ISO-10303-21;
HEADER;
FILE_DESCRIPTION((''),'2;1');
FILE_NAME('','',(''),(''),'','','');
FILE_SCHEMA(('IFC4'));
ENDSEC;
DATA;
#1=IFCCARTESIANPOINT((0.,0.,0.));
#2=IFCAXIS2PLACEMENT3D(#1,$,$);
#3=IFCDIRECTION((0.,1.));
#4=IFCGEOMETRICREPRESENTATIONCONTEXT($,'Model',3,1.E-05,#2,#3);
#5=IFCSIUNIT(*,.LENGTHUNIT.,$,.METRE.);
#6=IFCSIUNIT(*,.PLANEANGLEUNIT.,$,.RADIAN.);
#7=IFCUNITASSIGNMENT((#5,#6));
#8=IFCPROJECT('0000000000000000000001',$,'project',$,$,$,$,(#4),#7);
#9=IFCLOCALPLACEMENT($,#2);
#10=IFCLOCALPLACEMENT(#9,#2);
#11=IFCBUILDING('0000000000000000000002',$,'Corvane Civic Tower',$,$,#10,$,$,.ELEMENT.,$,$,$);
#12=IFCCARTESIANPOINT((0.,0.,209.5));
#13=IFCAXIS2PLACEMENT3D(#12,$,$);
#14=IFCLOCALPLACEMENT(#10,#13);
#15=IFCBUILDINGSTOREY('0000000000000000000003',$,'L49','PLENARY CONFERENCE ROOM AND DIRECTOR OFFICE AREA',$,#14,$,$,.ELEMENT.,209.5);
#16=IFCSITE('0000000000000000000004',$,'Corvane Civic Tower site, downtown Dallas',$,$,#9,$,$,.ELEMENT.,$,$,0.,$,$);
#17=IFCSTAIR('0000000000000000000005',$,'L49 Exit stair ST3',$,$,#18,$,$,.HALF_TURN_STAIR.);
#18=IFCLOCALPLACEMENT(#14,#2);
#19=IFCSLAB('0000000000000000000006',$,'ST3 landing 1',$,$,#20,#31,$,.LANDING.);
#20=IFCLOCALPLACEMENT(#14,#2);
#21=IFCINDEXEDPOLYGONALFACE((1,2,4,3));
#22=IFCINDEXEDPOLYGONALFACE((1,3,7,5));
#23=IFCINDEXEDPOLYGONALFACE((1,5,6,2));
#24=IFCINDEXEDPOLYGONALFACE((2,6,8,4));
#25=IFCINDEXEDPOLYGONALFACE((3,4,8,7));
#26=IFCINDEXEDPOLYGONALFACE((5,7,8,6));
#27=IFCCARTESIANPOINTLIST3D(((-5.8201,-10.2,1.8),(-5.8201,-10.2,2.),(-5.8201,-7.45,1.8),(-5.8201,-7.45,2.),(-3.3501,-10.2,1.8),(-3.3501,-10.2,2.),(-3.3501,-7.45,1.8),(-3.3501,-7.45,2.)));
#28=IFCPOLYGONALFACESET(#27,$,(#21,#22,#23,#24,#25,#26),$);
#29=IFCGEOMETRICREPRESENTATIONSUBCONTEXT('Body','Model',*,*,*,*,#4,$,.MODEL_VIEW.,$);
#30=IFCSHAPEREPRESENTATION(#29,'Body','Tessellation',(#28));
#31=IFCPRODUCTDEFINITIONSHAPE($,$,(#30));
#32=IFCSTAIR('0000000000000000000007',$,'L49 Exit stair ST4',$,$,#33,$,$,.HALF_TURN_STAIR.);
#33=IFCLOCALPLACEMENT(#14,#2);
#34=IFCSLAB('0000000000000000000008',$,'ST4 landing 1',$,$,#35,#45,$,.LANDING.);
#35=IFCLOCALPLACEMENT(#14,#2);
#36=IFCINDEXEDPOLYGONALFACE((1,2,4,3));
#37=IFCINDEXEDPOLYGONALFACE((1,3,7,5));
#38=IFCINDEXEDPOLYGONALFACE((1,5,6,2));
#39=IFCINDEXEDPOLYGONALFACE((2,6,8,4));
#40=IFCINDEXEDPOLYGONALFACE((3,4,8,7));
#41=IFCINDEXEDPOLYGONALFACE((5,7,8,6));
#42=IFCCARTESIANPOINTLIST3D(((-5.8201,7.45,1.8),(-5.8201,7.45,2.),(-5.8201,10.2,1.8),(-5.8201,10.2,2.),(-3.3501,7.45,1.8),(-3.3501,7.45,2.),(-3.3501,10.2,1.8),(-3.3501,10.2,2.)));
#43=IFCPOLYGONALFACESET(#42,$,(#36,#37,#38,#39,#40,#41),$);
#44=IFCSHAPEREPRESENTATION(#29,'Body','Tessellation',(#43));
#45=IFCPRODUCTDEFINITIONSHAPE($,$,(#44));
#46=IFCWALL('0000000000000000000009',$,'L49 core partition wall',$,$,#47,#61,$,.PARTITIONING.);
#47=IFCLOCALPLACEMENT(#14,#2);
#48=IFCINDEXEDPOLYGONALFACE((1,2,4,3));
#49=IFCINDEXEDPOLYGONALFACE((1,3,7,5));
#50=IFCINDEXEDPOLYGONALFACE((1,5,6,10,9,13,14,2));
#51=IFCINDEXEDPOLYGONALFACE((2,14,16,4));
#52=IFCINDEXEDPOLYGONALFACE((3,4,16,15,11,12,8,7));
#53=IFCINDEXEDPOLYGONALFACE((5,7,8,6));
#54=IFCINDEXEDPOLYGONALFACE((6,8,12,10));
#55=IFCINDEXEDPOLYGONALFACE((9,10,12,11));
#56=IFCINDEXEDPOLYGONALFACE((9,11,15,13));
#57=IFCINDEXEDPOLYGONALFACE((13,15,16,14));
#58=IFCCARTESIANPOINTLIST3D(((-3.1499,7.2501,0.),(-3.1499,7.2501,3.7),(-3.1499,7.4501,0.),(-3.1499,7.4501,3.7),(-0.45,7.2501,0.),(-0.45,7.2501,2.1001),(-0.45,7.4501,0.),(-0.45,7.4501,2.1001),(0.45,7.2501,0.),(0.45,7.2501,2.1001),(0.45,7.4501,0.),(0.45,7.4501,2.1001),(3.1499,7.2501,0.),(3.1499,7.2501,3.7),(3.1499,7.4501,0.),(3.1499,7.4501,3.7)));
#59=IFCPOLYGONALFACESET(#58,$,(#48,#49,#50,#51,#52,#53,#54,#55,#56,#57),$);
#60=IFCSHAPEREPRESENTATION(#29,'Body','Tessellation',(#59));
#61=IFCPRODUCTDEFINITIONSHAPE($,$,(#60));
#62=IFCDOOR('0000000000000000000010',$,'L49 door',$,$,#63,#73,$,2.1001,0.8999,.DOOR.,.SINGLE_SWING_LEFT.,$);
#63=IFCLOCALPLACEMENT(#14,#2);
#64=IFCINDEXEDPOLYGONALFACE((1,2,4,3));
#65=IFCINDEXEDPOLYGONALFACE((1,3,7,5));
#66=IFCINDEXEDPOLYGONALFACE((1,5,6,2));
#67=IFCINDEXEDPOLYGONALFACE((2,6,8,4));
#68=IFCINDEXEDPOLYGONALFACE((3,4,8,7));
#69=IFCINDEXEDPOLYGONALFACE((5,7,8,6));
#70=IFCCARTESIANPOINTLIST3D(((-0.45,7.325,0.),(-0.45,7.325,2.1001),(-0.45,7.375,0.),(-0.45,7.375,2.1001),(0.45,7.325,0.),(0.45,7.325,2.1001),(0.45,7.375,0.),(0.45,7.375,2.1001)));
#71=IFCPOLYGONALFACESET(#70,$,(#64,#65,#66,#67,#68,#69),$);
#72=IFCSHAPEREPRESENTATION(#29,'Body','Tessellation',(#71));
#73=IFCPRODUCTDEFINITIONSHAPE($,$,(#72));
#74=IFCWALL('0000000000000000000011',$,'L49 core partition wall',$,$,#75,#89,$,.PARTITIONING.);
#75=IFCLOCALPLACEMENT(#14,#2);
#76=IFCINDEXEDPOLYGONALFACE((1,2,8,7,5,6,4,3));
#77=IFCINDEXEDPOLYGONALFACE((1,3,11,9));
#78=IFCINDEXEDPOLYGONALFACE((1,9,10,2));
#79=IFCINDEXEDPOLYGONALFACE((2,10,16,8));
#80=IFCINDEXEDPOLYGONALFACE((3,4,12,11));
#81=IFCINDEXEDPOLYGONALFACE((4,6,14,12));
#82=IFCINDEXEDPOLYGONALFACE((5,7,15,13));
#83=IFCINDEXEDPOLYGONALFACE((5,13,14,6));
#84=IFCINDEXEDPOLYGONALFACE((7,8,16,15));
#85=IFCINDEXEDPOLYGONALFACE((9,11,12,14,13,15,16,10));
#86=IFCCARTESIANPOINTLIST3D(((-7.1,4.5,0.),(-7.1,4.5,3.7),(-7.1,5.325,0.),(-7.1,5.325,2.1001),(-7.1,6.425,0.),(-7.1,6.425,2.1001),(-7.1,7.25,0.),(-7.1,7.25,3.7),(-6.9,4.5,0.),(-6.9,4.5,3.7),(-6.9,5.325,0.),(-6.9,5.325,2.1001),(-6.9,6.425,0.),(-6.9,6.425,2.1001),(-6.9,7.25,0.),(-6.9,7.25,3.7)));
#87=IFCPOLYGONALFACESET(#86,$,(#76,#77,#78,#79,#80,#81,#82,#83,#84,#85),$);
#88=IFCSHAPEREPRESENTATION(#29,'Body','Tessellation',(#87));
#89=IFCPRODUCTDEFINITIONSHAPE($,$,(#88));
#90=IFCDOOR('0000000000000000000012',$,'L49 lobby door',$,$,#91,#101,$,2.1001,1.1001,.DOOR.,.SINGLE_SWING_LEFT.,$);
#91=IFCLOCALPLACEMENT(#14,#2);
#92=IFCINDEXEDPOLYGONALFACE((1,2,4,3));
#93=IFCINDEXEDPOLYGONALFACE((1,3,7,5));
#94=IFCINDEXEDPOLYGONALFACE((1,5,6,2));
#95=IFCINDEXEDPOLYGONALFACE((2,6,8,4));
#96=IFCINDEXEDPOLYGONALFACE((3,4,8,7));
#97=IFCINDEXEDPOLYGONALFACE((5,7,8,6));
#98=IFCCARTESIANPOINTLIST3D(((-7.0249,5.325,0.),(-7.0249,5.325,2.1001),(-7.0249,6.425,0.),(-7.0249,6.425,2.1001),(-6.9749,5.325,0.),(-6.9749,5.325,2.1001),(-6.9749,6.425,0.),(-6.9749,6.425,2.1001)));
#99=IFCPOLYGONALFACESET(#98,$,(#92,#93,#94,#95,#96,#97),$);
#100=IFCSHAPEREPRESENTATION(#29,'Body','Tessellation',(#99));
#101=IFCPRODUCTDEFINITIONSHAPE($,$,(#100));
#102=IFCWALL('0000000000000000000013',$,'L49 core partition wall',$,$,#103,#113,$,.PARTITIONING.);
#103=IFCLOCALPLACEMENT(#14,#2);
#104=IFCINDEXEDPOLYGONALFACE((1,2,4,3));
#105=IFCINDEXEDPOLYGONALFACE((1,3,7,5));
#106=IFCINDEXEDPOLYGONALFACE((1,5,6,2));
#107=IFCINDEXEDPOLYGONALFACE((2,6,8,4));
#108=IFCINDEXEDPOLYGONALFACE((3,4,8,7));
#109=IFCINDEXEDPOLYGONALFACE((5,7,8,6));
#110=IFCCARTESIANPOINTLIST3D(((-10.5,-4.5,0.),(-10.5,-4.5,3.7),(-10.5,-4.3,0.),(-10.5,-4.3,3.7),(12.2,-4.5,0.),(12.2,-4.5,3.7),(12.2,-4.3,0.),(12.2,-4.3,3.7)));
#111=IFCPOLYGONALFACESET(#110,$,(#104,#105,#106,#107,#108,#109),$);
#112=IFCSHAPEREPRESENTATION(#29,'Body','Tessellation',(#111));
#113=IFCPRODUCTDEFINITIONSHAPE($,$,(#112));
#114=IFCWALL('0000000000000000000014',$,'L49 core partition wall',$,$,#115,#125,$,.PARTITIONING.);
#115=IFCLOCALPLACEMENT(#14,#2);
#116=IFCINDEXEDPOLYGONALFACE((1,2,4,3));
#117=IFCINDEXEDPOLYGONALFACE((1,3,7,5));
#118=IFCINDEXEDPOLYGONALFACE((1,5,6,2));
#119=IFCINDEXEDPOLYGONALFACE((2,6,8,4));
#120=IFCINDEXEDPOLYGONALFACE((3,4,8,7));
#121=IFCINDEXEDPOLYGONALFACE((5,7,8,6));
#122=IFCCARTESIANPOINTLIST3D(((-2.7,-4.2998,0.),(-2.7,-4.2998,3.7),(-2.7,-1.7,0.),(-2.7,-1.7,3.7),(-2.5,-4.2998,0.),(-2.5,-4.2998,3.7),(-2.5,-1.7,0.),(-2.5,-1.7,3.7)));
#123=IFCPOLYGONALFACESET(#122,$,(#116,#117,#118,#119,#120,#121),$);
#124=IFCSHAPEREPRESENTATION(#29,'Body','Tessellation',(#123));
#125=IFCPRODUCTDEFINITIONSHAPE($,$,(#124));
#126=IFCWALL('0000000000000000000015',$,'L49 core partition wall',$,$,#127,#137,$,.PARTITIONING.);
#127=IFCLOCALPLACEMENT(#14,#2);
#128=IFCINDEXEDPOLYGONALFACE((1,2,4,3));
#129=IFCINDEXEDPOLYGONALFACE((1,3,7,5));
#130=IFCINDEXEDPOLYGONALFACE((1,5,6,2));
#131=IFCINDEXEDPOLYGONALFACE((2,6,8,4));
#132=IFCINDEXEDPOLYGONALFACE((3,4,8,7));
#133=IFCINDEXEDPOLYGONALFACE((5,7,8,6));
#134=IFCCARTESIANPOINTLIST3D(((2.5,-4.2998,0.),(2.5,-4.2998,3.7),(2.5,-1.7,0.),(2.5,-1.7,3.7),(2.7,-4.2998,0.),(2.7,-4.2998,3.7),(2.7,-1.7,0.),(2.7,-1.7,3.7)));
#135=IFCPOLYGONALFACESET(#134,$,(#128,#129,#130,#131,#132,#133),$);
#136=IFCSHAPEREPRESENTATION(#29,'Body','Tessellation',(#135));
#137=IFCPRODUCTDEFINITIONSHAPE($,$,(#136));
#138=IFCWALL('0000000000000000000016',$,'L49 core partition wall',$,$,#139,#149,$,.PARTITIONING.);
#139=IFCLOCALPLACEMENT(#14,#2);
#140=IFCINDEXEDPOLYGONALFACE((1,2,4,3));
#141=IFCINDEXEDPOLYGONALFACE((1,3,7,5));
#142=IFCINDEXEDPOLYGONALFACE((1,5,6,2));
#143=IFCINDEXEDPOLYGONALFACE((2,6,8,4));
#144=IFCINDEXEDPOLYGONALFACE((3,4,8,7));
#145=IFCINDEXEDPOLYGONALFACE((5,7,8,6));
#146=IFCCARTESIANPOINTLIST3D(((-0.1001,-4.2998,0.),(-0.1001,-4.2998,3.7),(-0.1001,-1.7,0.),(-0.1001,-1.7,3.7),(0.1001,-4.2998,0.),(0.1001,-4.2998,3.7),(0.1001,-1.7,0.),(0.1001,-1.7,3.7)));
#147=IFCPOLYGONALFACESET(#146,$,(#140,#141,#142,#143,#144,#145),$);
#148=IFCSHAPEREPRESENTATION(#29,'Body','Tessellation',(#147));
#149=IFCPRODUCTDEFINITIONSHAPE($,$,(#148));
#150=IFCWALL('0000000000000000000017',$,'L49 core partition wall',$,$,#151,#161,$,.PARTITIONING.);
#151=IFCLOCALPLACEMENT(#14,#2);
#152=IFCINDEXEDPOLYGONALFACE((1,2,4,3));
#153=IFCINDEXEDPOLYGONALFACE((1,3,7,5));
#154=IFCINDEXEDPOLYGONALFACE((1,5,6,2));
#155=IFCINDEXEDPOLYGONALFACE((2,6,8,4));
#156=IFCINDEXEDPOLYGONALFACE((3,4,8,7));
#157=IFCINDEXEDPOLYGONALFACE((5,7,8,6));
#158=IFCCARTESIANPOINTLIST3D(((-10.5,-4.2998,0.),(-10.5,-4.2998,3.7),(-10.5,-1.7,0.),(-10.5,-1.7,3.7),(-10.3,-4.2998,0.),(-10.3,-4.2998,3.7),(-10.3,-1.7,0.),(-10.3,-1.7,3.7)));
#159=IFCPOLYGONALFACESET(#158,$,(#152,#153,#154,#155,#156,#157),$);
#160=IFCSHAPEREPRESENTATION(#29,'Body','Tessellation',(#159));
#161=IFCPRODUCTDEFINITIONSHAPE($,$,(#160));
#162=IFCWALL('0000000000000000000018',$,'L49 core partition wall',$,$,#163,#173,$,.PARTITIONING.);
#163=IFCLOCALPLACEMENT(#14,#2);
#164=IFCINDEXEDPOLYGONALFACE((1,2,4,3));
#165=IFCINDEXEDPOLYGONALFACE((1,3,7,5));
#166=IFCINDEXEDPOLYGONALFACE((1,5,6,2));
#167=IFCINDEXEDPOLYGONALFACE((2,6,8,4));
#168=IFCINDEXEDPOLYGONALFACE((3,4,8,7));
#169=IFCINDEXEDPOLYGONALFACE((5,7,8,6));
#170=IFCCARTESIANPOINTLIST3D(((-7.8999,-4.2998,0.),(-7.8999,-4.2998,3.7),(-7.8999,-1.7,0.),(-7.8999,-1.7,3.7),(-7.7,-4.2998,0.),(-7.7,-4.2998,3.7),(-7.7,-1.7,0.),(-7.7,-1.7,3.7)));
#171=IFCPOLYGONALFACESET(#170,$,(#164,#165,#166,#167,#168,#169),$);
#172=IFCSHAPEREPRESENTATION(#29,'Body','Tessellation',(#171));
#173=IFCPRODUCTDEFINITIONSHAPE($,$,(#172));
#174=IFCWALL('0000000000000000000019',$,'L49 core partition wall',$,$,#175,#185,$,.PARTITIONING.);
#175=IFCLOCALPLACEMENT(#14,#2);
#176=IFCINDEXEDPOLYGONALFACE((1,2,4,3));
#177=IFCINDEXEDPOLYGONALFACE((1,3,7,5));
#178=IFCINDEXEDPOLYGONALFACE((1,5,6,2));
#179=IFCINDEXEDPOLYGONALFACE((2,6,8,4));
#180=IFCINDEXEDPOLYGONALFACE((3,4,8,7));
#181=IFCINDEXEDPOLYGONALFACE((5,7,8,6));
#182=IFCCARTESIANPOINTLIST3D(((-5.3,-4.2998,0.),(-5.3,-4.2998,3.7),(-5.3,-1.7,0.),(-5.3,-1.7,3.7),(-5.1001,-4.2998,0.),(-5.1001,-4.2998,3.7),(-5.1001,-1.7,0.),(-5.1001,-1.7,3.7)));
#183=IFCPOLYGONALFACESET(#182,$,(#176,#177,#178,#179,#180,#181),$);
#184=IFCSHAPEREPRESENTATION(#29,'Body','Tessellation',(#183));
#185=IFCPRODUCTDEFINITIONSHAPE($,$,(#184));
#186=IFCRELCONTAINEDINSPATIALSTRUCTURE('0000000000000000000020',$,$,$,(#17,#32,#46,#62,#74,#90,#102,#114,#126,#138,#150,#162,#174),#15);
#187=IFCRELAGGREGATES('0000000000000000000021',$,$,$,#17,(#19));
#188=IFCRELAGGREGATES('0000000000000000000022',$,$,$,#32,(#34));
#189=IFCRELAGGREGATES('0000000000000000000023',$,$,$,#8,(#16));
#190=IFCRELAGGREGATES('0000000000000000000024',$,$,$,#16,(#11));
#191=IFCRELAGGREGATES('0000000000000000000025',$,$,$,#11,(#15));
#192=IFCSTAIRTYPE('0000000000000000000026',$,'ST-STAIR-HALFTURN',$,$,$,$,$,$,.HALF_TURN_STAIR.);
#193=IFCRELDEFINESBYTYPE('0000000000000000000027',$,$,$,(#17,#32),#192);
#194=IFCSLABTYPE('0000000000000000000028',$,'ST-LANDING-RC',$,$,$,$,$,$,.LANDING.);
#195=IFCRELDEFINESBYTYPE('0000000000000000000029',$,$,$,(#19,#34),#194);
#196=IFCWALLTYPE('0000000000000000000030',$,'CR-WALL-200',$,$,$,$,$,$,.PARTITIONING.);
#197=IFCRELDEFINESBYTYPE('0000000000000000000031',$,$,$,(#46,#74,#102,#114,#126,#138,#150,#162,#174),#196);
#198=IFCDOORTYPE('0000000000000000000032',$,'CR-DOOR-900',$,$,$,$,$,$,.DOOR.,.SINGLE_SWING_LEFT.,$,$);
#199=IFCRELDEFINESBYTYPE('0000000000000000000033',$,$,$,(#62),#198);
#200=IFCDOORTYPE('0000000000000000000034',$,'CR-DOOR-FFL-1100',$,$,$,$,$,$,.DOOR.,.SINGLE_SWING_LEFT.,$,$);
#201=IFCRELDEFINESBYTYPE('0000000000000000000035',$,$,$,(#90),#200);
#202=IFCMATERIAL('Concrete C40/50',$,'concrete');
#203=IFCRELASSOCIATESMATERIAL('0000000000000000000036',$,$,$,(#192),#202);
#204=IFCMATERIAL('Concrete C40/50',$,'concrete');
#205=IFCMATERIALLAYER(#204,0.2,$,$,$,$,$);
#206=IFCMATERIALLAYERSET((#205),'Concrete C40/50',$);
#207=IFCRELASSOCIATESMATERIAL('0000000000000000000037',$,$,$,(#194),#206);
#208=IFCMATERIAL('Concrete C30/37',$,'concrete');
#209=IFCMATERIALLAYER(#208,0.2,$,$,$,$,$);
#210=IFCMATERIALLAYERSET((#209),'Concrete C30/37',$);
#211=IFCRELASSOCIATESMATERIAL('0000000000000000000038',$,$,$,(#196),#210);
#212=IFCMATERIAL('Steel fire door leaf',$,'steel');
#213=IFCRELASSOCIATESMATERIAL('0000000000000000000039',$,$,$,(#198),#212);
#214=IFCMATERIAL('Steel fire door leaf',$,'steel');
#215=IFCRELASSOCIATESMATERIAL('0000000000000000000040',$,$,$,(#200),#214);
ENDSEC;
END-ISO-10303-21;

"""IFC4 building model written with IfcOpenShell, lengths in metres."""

from ifc_helpers import new_model, si_unit, direction, frame, frame_2d, origin, place, context, subcontext, project, spatial, polyline, rectangle, outline, extrude, material, layer, layer_set, type_object, element, fill, aggregate, save


model = new_model("IFC4")

# Units and contexts
model_context = context("Model", 3, precision=1e-05, world=origin(), true_north=direction((0.0, 1.0)))
body_context = subcontext(model_context, "Body", "Model", "MODEL_VIEW")
ifc_project = project(units=[si_unit("LENGTHUNIT", "METRE"), si_unit("PLANEANGLEUNIT", "RADIAN")], contexts=[model_context])

# Site, building, storey
site_placement = place(None, origin())
site = spatial("IfcSite", under=ifc_project, at=site_placement, Name="Corvane Civic Tower site, downtown Dallas", CompositionType="ELEMENT", RefElevation=0.0)
building_placement = place(site_placement, origin())
building = spatial("IfcBuilding", under=site, at=building_placement, Name="Corvane Civic Tower", CompositionType="ELEMENT")
storey_placement = place(building_placement, frame((0.0, 0.0, 209.5)))
storey = spatial("IfcBuildingStorey", under=building, at=storey_placement, Name="L49", Description="PLENARY CONFERENCE ROOM AND DIRECTOR OFFICE AREA", CompositionType="ELEMENT", Elevation=209.5)

# Stairs, slabs
ifc_material_1 = material(Name="Concrete C40/50", Category="concrete")
stair_type = type_object("IfcStairType", Name="ST-STAIR-HALFTURN", PredefinedType="HALF_TURN_STAIR", material=ifc_material_1)
stair_1_placement = place(storey_placement, origin())
stair_1 = element("IfcStair", 1, at=stair_1_placement, inside=storey, type_object=stair_type, Name="L49 Exit stair ST3", PredefinedType="HALF_TURN_STAIR")
ifc_material_2 = material(Name="Concrete C40/50", Category="concrete")
ifc_layer_1 = layer(ifc_material_2, 0.2)
ifc_layer_set_1 = layer_set([ifc_layer_1], Name="Concrete C40/50")
slab_type = type_object("IfcSlabType", Name="ST-LANDING-RC", PredefinedType="LANDING", material=ifc_layer_set_1)
slab_1_placement = place(storey_placement, frame((0.0, 0.0, 1.8)))
slab_1 = element("IfcSlab", 2, at=slab_1_placement, type_object=slab_type, Name="ST3 landing 1", PredefinedType="LANDING", context=body_context, shape_type="SweptSolid", body=[
    extrude(outline(polyline([(-5.8201, -10.2), (-3.3501, -10.2), (-3.3501, -7.45), (-5.8201, -7.45), (-5.8201, -10.2)])), origin(), (0.0, 0.0, 1.0), 0.2),
])
aggregate(stair_1, [slab_1])
stair_2_placement = place(storey_placement, origin())
stair_2 = element("IfcStair", 3, at=stair_2_placement, inside=storey, type_object=stair_type, Name="L49 Exit stair ST4", PredefinedType="HALF_TURN_STAIR")
slab_2_placement = place(storey_placement, frame((0.0, 0.0, 1.8)))
slab_2 = element("IfcSlab", 4, at=slab_2_placement, type_object=slab_type, Name="ST4 landing 1", PredefinedType="LANDING", context=body_context, shape_type="SweptSolid", body=[
    extrude(outline(polyline([(-5.8201, 7.45), (-3.3501, 7.45), (-3.3501, 10.2), (-5.8201, 10.2), (-5.8201, 7.45)])), origin(), (0.0, 0.0, 1.0), 0.2),
])
aggregate(stair_2, [slab_2])

# Walls, openings, doors
ifc_material_3 = material(Name="Concrete C30/37", Category="concrete")
ifc_layer_2 = layer(ifc_material_3, 0.2)
ifc_layer_set_2 = layer_set([ifc_layer_2], Name="Concrete C30/37")
wall_type = type_object("IfcWallType", Name="CR-WALL-200", PredefinedType="PARTITIONING", material=ifc_layer_set_2)
wall_1_placement = place(storey_placement, frame((-3.1499, 7.3501, 0.0), z_axis=(0.0, 0.0, 1.0), x_axis=(1.0, 0.0, 0.0)))
wall_1 = element("IfcWall", 5, at=wall_1_placement, inside=storey, type_object=wall_type, Name="L49 core partition wall", PredefinedType="PARTITIONING", context=body_context, shape_type="SweptSolid", body=[
    extrude(rectangle(XDim=6.2998, YDim=0.2, at=frame_2d((3.1499, 0.0))), origin(), (0.0, 0.0, 1.0), 3.7),
])
opening_1_placement = place(wall_1_placement, frame((2.7, 0.0, 0.0)))
opening_1 = element("IfcOpeningElement", 6, at=opening_1_placement, cuts=wall_1, PredefinedType="OPENING", context=body_context, shape_type="SweptSolid", body=[
    extrude(rectangle(XDim=0.8999, YDim=2.1001, at=frame_2d((0.45, 1.05))), frame((0.0, 0.1099, 0.0), z_axis=(0.0, -1.0, 0.0), x_axis=(1.0, 0.0, 0.0)), (0.0, 0.0, 1.0), 0.22),
])
ifc_material_4 = material(Name="Steel fire door leaf", Category="steel")
door_type_1 = type_object("IfcDoorType", Name="CR-DOOR-900", OperationType="SINGLE_SWING_LEFT", PredefinedType="DOOR", material=ifc_material_4)
door_1_placement = place(opening_1_placement, origin())
door_1 = element("IfcDoor", 7, at=door_1_placement, inside=storey, type_object=door_type_1, Name="L49 door", OperationType="SINGLE_SWING_LEFT", OverallHeight=2.1001, OverallWidth=0.8999, PredefinedType="DOOR", context=body_context, shape_type="SweptSolid", body=[
    extrude(rectangle(XDim=0.8999, YDim=2.1001, at=frame_2d((0.45, 1.05))), frame((0.0, 0.0249, 0.0), z_axis=(0.0, -1.0, 0.0), x_axis=(1.0, 0.0, 0.0)), (0.0, 0.0, 1.0), 0.05),
])
fill(opening_1, door_1)
wall_2_placement = place(storey_placement, frame((-7.0, 4.5, 0.0), z_axis=(0.0, 0.0, 1.0), x_axis=(0.0, 1.0, 0.0)))
wall_2 = element("IfcWall", 8, at=wall_2_placement, inside=storey, type_object=wall_type, Name="L49 core partition wall", PredefinedType="PARTITIONING", context=body_context, shape_type="SweptSolid", body=[
    extrude(rectangle(XDim=2.75, YDim=0.2, at=frame_2d((1.375, 0.0))), origin(), (0.0, 0.0, 1.0), 3.7),
])
opening_2_placement = place(wall_2_placement, frame((0.825, 0.0, 0.0)))
opening_2 = element("IfcOpeningElement", 9, at=opening_2_placement, cuts=wall_2, PredefinedType="OPENING", context=body_context, shape_type="SweptSolid", body=[
    extrude(rectangle(XDim=1.1001, YDim=2.1001, at=frame_2d((0.55, 1.05))), frame((0.0, 0.1099, 0.0), z_axis=(0.0, -1.0, 0.0), x_axis=(1.0, 0.0, 0.0)), (0.0, 0.0, 1.0), 0.22),
])
ifc_material_5 = material(Name="Steel fire door leaf", Category="steel")
door_type_2 = type_object("IfcDoorType", Name="CR-DOOR-FFL-1100", OperationType="SINGLE_SWING_LEFT", PredefinedType="DOOR", material=ifc_material_5)
door_2_placement = place(opening_2_placement, origin())
door_2 = element("IfcDoor", 10, at=door_2_placement, inside=storey, type_object=door_type_2, Name="L49 lobby door", OperationType="SINGLE_SWING_LEFT", OverallHeight=2.1001, OverallWidth=1.1001, PredefinedType="DOOR", context=body_context, shape_type="SweptSolid", body=[
    extrude(rectangle(XDim=1.1001, YDim=2.1001, at=frame_2d((0.55, 1.05))), frame((0.0, 0.0249, 0.0), z_axis=(0.0, -1.0, 0.0), x_axis=(1.0, 0.0, 0.0)), (0.0, 0.0, 1.0), 0.05),
])
fill(opening_2, door_2)

# Walls
wall_3_placement = place(storey_placement, origin())
element("IfcWall", 11, at=wall_3_placement, inside=storey, type_object=wall_type, Name="L49 core partition wall", PredefinedType="PARTITIONING", context=body_context, shape_type="SweptSolid", body=[
    extrude(outline(polyline([(12.2, -4.3), (12.2, -4.5), (-10.5, -4.5), (-10.5, -4.3), (12.2, -4.3)])), origin(), (0.0, 0.0, 1.0), 3.7),
])
wall_4_placement = place(storey_placement, origin())
element("IfcWall", 12, at=wall_4_placement, inside=storey, type_object=wall_type, Name="L49 core partition wall", PredefinedType="PARTITIONING", context=body_context, shape_type="SweptSolid", body=[
    extrude(outline(polyline([(-2.5, -1.7), (-2.5, -4.2998), (-2.7, -4.2998), (-2.7, -1.7), (-2.5, -1.7)])), origin(), (0.0, 0.0, 1.0), 3.7),
])
wall_5_placement = place(storey_placement, origin())
element("IfcWall", 13, at=wall_5_placement, inside=storey, type_object=wall_type, Name="L49 core partition wall", PredefinedType="PARTITIONING", context=body_context, shape_type="SweptSolid", body=[
    extrude(outline(polyline([(2.7, -1.7), (2.7, -4.2998), (2.5, -4.2998), (2.5, -1.7), (2.7, -1.7)])), origin(), (0.0, 0.0, 1.0), 3.7),
])
wall_6_placement = place(storey_placement, origin())
element("IfcWall", 14, at=wall_6_placement, inside=storey, type_object=wall_type, Name="L49 core partition wall", PredefinedType="PARTITIONING", context=body_context, shape_type="SweptSolid", body=[
    extrude(outline(polyline([(0.1001, -1.7), (0.1001, -4.2998), (-0.1001, -4.2998), (-0.1001, -1.7), (0.1001, -1.7)])), origin(), (0.0, 0.0, 1.0), 3.7),
])
wall_7_placement = place(storey_placement, origin())
element("IfcWall", 15, at=wall_7_placement, inside=storey, type_object=wall_type, Name="L49 core partition wall", PredefinedType="PARTITIONING", context=body_context, shape_type="SweptSolid", body=[
    extrude(outline(polyline([(-10.3, -1.7), (-10.3, -4.2998), (-10.5, -4.2998), (-10.5, -1.7), (-10.3, -1.7)])), origin(), (0.0, 0.0, 1.0), 3.7),
])
wall_8_placement = place(storey_placement, origin())
element("IfcWall", 16, at=wall_8_placement, inside=storey, type_object=wall_type, Name="L49 core partition wall", PredefinedType="PARTITIONING", context=body_context, shape_type="SweptSolid", body=[
    extrude(outline(polyline([(-7.7, -1.7), (-7.7, -4.2998), (-7.8999, -4.2998), (-7.8999, -1.7), (-7.7, -1.7)])), origin(), (0.0, 0.0, 1.0), 3.7),
])
wall_9_placement = place(storey_placement, origin())
element("IfcWall", 17, at=wall_9_placement, inside=storey, type_object=wall_type, Name="L49 core partition wall", PredefinedType="PARTITIONING", context=body_context, shape_type="SweptSolid", body=[
    extrude(outline(polyline([(-5.1001, -1.7), (-5.1001, -4.2998), (-5.3, -4.2998), (-5.3, -1.7), (-5.1001, -1.7)])), origin(), (0.0, 0.0, 1.0), 3.7),
])

save(model, "model.ifc")
